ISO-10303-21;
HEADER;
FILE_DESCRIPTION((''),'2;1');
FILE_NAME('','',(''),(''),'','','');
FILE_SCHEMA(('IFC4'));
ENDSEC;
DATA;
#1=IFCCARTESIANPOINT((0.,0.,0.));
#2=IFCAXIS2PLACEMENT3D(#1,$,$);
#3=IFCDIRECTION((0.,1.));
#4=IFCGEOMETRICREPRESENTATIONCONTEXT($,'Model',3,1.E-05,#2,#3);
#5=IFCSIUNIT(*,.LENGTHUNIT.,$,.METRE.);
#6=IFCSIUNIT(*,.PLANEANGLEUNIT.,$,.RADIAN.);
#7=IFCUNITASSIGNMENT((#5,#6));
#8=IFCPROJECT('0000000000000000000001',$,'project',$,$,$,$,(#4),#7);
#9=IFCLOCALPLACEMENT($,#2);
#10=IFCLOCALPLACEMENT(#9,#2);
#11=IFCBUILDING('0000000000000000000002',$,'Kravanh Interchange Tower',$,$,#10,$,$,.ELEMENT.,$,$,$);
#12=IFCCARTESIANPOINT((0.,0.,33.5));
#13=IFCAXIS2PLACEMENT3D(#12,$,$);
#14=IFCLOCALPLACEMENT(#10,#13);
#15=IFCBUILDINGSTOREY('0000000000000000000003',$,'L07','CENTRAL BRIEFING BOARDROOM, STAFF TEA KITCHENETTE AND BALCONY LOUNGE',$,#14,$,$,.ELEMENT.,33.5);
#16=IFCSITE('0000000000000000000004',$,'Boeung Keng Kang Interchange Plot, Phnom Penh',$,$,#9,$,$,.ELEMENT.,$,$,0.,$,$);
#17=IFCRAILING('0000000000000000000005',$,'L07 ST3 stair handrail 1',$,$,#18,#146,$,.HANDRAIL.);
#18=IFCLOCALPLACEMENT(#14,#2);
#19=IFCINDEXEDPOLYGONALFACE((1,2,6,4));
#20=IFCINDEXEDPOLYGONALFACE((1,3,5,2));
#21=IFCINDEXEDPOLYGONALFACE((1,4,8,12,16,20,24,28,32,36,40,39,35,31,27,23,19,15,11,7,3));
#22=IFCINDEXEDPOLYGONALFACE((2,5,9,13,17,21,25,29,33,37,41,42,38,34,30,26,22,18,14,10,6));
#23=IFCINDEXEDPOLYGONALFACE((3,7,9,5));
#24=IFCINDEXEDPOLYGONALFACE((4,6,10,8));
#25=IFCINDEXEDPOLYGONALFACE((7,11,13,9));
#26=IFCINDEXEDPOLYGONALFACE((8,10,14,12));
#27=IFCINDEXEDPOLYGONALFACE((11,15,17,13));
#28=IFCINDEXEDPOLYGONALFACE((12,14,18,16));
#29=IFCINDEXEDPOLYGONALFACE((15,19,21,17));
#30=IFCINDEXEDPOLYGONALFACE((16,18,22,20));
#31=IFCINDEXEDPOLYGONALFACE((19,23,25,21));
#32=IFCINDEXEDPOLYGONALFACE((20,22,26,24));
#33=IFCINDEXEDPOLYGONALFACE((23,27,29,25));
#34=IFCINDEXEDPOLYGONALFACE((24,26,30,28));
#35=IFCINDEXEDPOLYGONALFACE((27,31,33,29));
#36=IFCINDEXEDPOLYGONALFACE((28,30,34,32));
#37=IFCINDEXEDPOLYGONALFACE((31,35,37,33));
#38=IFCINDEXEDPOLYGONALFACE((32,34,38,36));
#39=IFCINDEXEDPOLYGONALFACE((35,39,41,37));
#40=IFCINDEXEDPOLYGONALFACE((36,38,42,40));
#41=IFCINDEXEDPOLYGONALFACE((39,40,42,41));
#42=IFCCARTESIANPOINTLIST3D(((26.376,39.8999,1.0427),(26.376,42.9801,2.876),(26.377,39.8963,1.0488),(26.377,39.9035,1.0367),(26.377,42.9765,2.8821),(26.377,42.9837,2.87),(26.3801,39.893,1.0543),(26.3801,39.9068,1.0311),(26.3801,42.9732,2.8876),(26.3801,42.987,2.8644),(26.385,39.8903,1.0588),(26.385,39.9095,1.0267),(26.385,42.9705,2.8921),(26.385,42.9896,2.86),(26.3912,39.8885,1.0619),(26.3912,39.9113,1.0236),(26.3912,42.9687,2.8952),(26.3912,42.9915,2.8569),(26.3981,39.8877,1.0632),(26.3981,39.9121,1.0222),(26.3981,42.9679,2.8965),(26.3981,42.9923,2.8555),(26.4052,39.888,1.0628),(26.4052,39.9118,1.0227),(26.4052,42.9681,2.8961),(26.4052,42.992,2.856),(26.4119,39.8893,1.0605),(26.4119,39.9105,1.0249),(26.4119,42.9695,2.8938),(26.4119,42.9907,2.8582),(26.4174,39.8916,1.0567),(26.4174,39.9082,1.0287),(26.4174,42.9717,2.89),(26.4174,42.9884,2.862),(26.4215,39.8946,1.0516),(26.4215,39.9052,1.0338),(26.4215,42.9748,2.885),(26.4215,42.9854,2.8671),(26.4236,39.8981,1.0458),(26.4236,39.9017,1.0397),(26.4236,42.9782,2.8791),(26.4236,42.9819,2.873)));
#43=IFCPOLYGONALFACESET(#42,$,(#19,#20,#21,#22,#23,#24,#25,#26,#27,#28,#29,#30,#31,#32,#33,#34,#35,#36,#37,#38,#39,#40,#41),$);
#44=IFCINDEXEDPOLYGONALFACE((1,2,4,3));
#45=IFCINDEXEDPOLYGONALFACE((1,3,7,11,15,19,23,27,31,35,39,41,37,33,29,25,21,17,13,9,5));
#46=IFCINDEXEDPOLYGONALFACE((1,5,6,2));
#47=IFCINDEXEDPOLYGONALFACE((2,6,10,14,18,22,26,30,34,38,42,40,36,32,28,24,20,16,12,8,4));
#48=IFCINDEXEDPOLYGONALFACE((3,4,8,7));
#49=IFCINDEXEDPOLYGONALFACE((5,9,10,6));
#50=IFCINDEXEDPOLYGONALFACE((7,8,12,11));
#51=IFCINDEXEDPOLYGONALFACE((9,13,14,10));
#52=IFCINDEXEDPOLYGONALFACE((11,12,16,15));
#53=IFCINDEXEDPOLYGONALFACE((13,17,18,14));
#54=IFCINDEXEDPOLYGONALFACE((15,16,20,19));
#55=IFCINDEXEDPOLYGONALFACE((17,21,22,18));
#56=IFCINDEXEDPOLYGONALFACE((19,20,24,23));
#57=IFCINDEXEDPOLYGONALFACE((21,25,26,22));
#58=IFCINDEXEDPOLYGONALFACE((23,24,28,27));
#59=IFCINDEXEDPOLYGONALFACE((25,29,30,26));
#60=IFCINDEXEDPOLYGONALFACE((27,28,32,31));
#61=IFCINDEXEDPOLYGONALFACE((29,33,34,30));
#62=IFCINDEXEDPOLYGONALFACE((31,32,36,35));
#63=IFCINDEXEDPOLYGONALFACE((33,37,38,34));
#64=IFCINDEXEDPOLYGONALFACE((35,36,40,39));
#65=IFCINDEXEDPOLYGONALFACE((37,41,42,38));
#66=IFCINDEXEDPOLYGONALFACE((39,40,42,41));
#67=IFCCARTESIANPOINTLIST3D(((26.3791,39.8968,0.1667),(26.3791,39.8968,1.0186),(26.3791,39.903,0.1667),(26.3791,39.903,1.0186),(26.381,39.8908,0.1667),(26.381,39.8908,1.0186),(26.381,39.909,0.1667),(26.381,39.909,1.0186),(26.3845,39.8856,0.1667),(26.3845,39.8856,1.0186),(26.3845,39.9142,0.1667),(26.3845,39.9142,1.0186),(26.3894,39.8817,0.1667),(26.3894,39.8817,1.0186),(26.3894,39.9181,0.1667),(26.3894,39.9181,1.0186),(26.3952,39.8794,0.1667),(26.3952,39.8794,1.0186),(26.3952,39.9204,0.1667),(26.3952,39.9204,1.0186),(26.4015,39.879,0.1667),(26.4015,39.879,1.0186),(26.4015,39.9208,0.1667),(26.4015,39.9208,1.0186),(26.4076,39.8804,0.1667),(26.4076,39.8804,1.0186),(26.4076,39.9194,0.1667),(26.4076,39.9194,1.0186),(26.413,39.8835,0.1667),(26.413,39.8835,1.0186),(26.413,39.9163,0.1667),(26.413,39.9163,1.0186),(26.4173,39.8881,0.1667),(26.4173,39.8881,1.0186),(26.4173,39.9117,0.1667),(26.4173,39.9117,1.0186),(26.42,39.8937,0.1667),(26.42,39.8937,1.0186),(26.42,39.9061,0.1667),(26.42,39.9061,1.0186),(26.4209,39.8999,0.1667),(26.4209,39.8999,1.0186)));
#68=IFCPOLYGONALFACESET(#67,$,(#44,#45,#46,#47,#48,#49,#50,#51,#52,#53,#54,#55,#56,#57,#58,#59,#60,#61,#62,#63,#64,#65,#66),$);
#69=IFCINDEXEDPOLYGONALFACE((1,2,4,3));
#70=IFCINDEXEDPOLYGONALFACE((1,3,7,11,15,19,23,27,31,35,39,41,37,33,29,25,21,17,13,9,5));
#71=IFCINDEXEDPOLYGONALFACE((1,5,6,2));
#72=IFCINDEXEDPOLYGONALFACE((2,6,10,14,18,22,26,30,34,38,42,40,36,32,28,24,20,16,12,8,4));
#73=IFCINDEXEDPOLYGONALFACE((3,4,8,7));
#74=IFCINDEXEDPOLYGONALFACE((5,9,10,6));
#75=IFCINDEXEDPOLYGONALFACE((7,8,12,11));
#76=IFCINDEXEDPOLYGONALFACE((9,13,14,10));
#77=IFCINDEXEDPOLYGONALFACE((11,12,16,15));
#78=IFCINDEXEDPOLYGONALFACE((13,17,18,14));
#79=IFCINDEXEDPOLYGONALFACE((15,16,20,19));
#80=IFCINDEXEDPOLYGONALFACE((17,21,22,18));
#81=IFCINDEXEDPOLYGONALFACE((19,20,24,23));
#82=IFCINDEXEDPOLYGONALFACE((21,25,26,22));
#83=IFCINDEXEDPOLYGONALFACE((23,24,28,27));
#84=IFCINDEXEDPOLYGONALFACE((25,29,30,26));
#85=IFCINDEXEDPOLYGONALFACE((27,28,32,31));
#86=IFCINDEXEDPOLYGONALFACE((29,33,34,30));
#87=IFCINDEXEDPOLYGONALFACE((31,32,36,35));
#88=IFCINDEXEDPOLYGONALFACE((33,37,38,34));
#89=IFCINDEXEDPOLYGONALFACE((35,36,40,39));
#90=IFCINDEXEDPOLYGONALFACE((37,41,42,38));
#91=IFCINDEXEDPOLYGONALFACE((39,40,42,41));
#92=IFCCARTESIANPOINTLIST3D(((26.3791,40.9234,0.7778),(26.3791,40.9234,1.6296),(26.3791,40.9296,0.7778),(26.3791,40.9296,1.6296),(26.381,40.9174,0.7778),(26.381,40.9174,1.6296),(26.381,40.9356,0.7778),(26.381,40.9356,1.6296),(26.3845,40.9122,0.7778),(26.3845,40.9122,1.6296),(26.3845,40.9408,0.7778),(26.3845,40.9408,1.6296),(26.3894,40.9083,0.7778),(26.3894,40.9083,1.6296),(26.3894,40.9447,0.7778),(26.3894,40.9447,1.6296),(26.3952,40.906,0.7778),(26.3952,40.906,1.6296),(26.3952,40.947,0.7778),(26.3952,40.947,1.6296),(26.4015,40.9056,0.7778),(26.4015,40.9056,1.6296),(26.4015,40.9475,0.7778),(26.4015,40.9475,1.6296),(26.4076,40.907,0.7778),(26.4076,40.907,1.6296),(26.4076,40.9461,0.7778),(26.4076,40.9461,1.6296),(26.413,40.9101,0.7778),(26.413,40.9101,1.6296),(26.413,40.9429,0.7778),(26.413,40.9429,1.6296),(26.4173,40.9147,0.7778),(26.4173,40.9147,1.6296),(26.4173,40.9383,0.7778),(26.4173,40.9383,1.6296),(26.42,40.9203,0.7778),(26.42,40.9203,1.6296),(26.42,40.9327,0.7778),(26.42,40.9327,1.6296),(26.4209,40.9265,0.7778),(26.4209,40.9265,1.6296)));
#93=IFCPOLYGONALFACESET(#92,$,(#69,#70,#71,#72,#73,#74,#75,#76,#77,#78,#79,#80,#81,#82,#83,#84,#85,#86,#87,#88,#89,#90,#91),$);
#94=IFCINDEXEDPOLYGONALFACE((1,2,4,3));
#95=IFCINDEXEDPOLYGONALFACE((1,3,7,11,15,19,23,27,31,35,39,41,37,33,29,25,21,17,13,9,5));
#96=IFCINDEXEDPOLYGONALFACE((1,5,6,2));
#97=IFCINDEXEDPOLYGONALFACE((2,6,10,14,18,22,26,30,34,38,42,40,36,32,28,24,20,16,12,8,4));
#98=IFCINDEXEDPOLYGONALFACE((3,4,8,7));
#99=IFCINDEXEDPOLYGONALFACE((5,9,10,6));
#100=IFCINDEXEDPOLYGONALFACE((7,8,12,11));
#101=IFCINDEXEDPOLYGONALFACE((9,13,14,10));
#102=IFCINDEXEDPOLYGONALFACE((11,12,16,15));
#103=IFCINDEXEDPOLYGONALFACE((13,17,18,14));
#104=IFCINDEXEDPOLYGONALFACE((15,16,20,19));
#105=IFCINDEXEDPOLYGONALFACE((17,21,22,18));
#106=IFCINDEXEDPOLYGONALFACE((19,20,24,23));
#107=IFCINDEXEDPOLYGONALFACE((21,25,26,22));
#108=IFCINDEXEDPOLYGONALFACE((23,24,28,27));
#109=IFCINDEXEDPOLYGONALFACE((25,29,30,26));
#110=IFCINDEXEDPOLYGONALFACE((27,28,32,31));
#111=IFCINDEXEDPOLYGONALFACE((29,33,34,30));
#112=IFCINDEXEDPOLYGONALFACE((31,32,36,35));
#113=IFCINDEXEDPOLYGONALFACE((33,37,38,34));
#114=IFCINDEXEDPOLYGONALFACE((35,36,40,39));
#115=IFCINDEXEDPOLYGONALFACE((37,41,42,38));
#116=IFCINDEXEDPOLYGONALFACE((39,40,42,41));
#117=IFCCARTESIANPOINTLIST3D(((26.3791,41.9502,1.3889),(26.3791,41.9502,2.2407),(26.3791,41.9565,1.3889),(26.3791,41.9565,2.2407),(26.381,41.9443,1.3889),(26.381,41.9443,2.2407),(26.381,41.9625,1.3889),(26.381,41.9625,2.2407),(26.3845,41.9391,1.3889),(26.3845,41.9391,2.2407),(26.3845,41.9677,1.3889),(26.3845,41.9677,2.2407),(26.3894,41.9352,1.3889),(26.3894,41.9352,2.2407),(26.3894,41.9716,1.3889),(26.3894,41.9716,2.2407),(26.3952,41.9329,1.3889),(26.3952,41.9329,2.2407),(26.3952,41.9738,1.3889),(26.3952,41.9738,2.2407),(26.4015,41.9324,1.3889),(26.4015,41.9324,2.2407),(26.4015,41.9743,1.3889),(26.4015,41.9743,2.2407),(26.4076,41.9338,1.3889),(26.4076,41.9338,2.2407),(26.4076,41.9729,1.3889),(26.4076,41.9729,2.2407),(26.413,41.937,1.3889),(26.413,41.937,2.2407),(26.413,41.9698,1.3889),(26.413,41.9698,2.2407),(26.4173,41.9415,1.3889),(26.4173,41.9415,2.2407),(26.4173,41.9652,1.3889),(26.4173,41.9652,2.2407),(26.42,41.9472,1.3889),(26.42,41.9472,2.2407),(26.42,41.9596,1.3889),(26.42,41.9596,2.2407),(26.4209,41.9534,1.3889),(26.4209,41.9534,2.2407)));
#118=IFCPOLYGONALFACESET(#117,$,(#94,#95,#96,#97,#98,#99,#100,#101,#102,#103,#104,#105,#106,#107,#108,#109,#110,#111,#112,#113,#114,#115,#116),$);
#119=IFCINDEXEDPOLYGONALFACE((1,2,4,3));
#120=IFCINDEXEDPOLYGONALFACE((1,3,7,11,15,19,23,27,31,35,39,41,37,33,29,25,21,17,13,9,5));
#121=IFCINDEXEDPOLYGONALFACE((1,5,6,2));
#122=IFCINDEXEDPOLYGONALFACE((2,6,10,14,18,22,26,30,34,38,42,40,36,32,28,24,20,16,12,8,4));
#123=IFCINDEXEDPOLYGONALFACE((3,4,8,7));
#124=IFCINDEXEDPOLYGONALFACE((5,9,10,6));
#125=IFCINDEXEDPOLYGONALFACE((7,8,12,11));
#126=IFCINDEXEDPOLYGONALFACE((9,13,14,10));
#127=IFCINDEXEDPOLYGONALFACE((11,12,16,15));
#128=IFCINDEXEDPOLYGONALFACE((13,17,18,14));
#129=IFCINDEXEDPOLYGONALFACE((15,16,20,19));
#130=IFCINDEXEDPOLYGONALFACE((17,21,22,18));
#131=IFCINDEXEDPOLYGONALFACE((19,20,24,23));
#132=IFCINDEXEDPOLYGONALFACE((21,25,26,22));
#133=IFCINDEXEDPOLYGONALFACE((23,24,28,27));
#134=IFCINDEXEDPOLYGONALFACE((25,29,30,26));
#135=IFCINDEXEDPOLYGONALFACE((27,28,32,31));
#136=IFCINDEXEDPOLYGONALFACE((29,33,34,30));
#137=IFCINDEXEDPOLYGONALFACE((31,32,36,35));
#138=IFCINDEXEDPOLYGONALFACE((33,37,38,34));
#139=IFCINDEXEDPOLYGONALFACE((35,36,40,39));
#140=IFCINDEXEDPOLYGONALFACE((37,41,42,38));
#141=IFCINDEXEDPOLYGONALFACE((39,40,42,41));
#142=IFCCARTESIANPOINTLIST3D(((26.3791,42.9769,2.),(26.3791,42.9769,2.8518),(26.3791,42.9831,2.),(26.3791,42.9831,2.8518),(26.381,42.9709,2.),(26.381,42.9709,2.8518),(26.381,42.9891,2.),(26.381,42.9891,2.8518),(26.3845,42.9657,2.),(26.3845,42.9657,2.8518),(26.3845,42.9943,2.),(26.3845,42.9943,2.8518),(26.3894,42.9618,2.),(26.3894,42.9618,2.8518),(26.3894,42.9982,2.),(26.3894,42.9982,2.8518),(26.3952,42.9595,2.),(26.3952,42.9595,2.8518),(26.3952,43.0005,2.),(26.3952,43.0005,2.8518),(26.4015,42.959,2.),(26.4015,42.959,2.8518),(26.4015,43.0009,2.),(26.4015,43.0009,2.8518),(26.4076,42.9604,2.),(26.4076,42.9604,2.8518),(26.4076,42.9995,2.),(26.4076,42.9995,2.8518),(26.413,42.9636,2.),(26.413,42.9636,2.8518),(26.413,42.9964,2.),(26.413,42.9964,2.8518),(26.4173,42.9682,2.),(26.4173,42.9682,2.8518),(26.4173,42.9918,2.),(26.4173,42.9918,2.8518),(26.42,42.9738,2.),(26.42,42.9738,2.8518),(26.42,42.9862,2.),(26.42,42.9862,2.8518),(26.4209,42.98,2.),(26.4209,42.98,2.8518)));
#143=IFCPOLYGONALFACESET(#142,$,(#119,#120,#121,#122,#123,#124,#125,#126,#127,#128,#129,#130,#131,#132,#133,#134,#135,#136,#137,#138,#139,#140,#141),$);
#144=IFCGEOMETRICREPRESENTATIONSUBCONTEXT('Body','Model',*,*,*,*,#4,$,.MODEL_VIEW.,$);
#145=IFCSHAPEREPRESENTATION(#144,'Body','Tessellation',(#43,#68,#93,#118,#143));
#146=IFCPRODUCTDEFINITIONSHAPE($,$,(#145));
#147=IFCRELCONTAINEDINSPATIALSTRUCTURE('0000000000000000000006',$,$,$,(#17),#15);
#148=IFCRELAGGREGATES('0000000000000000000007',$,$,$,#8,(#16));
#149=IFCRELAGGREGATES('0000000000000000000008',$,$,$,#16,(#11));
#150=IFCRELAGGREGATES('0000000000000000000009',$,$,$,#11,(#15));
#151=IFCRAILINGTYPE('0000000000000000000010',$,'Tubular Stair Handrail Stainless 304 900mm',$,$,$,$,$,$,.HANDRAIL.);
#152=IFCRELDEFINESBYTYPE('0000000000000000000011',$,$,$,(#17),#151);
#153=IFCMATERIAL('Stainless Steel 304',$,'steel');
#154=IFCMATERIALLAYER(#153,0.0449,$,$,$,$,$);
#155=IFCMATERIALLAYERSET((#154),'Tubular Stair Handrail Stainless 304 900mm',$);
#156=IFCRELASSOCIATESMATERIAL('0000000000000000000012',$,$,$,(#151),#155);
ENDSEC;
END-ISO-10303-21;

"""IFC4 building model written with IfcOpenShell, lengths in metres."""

from ifc_helpers import new_model, si_unit, direction, frame, origin, origin_2d, place, context, subcontext, project, spatial, circle, extrude, material, layer, layer_set, type_object, element, save


model = new_model("IFC4")

# Units and contexts
model_context = context("Model", 3, precision=1e-05, world=origin(), true_north=direction((0.0, 1.0)))
body_context = subcontext(model_context, "Body", "Model", "MODEL_VIEW")
ifc_project = project(units=[si_unit("LENGTHUNIT", "METRE"), si_unit("PLANEANGLEUNIT", "RADIAN")], contexts=[model_context])

# Site, building, storey
site_placement = place(None, origin())
site = spatial("IfcSite", under=ifc_project, at=site_placement, Name="Boeung Keng Kang Interchange Plot, Phnom Penh", CompositionType="ELEMENT", RefElevation=0.0)
building_placement = place(site_placement, origin())
building = spatial("IfcBuilding", under=site, at=building_placement, Name="Kravanh Interchange Tower", CompositionType="ELEMENT")
storey_placement = place(building_placement, frame((0.0, 0.0, 33.5)))
storey = spatial("IfcBuildingStorey", under=building, at=storey_placement, Name="L07", Description="CENTRAL BRIEFING BOARDROOM, STAFF TEA KITCHENETTE AND BALCONY LOUNGE", CompositionType="ELEMENT", Elevation=33.5)

# Railing
ifc_material_1 = material(Name="Stainless Steel 304", Category="steel")
ifc_layer_1 = layer(ifc_material_1, 0.0449)
ifc_layer_set_1 = layer_set([ifc_layer_1], Name="Tubular Stair Handrail Stainless 304 900mm")
railing_type_1 = type_object("IfcRailingType", Name="Tubular Stair Handrail Stainless 304 900mm", PredefinedType="HANDRAIL", material=ifc_layer_set_1)
railing_1_placement = place(storey_placement, frame((26.3999, 39.8999, 0.1667)))
element("IfcRailing", 1, at=railing_1_placement, inside=storey, type_object=railing_type_1, Name="L07 ST3 stair handrail 1", PredefinedType="HANDRAIL", context=body_context, shape_type="SweptSolid", body=[
    extrude(circle(Radius=0.0239, at=origin_2d()), frame((0.0, 0.0, 0.876), z_axis=(0.0, 0.859309, 0.511458), x_axis=(-1.0, 0.0, 0.0)), (0.0, 0.0, 1.0), 3.5845),
    extrude(circle(Radius=0.021, at=origin_2d()), origin(), (0.0, 0.0, 1.0), 0.8518),
    extrude(circle(Radius=0.021, at=origin_2d()), frame((0.0, 1.0266, 0.6111)), (0.0, 0.0, 1.0), 0.8518),
    extrude(circle(Radius=0.021, at=origin_2d()), frame((0.0, 2.0535, 1.2222)), (0.0, 0.0, 1.0), 0.8518),
    extrude(circle(Radius=0.021, at=origin_2d()), frame((0.0, 3.0801, 1.8333)), (0.0, 0.0, 1.0), 0.8518),
])

save(model, "model.ifc")
